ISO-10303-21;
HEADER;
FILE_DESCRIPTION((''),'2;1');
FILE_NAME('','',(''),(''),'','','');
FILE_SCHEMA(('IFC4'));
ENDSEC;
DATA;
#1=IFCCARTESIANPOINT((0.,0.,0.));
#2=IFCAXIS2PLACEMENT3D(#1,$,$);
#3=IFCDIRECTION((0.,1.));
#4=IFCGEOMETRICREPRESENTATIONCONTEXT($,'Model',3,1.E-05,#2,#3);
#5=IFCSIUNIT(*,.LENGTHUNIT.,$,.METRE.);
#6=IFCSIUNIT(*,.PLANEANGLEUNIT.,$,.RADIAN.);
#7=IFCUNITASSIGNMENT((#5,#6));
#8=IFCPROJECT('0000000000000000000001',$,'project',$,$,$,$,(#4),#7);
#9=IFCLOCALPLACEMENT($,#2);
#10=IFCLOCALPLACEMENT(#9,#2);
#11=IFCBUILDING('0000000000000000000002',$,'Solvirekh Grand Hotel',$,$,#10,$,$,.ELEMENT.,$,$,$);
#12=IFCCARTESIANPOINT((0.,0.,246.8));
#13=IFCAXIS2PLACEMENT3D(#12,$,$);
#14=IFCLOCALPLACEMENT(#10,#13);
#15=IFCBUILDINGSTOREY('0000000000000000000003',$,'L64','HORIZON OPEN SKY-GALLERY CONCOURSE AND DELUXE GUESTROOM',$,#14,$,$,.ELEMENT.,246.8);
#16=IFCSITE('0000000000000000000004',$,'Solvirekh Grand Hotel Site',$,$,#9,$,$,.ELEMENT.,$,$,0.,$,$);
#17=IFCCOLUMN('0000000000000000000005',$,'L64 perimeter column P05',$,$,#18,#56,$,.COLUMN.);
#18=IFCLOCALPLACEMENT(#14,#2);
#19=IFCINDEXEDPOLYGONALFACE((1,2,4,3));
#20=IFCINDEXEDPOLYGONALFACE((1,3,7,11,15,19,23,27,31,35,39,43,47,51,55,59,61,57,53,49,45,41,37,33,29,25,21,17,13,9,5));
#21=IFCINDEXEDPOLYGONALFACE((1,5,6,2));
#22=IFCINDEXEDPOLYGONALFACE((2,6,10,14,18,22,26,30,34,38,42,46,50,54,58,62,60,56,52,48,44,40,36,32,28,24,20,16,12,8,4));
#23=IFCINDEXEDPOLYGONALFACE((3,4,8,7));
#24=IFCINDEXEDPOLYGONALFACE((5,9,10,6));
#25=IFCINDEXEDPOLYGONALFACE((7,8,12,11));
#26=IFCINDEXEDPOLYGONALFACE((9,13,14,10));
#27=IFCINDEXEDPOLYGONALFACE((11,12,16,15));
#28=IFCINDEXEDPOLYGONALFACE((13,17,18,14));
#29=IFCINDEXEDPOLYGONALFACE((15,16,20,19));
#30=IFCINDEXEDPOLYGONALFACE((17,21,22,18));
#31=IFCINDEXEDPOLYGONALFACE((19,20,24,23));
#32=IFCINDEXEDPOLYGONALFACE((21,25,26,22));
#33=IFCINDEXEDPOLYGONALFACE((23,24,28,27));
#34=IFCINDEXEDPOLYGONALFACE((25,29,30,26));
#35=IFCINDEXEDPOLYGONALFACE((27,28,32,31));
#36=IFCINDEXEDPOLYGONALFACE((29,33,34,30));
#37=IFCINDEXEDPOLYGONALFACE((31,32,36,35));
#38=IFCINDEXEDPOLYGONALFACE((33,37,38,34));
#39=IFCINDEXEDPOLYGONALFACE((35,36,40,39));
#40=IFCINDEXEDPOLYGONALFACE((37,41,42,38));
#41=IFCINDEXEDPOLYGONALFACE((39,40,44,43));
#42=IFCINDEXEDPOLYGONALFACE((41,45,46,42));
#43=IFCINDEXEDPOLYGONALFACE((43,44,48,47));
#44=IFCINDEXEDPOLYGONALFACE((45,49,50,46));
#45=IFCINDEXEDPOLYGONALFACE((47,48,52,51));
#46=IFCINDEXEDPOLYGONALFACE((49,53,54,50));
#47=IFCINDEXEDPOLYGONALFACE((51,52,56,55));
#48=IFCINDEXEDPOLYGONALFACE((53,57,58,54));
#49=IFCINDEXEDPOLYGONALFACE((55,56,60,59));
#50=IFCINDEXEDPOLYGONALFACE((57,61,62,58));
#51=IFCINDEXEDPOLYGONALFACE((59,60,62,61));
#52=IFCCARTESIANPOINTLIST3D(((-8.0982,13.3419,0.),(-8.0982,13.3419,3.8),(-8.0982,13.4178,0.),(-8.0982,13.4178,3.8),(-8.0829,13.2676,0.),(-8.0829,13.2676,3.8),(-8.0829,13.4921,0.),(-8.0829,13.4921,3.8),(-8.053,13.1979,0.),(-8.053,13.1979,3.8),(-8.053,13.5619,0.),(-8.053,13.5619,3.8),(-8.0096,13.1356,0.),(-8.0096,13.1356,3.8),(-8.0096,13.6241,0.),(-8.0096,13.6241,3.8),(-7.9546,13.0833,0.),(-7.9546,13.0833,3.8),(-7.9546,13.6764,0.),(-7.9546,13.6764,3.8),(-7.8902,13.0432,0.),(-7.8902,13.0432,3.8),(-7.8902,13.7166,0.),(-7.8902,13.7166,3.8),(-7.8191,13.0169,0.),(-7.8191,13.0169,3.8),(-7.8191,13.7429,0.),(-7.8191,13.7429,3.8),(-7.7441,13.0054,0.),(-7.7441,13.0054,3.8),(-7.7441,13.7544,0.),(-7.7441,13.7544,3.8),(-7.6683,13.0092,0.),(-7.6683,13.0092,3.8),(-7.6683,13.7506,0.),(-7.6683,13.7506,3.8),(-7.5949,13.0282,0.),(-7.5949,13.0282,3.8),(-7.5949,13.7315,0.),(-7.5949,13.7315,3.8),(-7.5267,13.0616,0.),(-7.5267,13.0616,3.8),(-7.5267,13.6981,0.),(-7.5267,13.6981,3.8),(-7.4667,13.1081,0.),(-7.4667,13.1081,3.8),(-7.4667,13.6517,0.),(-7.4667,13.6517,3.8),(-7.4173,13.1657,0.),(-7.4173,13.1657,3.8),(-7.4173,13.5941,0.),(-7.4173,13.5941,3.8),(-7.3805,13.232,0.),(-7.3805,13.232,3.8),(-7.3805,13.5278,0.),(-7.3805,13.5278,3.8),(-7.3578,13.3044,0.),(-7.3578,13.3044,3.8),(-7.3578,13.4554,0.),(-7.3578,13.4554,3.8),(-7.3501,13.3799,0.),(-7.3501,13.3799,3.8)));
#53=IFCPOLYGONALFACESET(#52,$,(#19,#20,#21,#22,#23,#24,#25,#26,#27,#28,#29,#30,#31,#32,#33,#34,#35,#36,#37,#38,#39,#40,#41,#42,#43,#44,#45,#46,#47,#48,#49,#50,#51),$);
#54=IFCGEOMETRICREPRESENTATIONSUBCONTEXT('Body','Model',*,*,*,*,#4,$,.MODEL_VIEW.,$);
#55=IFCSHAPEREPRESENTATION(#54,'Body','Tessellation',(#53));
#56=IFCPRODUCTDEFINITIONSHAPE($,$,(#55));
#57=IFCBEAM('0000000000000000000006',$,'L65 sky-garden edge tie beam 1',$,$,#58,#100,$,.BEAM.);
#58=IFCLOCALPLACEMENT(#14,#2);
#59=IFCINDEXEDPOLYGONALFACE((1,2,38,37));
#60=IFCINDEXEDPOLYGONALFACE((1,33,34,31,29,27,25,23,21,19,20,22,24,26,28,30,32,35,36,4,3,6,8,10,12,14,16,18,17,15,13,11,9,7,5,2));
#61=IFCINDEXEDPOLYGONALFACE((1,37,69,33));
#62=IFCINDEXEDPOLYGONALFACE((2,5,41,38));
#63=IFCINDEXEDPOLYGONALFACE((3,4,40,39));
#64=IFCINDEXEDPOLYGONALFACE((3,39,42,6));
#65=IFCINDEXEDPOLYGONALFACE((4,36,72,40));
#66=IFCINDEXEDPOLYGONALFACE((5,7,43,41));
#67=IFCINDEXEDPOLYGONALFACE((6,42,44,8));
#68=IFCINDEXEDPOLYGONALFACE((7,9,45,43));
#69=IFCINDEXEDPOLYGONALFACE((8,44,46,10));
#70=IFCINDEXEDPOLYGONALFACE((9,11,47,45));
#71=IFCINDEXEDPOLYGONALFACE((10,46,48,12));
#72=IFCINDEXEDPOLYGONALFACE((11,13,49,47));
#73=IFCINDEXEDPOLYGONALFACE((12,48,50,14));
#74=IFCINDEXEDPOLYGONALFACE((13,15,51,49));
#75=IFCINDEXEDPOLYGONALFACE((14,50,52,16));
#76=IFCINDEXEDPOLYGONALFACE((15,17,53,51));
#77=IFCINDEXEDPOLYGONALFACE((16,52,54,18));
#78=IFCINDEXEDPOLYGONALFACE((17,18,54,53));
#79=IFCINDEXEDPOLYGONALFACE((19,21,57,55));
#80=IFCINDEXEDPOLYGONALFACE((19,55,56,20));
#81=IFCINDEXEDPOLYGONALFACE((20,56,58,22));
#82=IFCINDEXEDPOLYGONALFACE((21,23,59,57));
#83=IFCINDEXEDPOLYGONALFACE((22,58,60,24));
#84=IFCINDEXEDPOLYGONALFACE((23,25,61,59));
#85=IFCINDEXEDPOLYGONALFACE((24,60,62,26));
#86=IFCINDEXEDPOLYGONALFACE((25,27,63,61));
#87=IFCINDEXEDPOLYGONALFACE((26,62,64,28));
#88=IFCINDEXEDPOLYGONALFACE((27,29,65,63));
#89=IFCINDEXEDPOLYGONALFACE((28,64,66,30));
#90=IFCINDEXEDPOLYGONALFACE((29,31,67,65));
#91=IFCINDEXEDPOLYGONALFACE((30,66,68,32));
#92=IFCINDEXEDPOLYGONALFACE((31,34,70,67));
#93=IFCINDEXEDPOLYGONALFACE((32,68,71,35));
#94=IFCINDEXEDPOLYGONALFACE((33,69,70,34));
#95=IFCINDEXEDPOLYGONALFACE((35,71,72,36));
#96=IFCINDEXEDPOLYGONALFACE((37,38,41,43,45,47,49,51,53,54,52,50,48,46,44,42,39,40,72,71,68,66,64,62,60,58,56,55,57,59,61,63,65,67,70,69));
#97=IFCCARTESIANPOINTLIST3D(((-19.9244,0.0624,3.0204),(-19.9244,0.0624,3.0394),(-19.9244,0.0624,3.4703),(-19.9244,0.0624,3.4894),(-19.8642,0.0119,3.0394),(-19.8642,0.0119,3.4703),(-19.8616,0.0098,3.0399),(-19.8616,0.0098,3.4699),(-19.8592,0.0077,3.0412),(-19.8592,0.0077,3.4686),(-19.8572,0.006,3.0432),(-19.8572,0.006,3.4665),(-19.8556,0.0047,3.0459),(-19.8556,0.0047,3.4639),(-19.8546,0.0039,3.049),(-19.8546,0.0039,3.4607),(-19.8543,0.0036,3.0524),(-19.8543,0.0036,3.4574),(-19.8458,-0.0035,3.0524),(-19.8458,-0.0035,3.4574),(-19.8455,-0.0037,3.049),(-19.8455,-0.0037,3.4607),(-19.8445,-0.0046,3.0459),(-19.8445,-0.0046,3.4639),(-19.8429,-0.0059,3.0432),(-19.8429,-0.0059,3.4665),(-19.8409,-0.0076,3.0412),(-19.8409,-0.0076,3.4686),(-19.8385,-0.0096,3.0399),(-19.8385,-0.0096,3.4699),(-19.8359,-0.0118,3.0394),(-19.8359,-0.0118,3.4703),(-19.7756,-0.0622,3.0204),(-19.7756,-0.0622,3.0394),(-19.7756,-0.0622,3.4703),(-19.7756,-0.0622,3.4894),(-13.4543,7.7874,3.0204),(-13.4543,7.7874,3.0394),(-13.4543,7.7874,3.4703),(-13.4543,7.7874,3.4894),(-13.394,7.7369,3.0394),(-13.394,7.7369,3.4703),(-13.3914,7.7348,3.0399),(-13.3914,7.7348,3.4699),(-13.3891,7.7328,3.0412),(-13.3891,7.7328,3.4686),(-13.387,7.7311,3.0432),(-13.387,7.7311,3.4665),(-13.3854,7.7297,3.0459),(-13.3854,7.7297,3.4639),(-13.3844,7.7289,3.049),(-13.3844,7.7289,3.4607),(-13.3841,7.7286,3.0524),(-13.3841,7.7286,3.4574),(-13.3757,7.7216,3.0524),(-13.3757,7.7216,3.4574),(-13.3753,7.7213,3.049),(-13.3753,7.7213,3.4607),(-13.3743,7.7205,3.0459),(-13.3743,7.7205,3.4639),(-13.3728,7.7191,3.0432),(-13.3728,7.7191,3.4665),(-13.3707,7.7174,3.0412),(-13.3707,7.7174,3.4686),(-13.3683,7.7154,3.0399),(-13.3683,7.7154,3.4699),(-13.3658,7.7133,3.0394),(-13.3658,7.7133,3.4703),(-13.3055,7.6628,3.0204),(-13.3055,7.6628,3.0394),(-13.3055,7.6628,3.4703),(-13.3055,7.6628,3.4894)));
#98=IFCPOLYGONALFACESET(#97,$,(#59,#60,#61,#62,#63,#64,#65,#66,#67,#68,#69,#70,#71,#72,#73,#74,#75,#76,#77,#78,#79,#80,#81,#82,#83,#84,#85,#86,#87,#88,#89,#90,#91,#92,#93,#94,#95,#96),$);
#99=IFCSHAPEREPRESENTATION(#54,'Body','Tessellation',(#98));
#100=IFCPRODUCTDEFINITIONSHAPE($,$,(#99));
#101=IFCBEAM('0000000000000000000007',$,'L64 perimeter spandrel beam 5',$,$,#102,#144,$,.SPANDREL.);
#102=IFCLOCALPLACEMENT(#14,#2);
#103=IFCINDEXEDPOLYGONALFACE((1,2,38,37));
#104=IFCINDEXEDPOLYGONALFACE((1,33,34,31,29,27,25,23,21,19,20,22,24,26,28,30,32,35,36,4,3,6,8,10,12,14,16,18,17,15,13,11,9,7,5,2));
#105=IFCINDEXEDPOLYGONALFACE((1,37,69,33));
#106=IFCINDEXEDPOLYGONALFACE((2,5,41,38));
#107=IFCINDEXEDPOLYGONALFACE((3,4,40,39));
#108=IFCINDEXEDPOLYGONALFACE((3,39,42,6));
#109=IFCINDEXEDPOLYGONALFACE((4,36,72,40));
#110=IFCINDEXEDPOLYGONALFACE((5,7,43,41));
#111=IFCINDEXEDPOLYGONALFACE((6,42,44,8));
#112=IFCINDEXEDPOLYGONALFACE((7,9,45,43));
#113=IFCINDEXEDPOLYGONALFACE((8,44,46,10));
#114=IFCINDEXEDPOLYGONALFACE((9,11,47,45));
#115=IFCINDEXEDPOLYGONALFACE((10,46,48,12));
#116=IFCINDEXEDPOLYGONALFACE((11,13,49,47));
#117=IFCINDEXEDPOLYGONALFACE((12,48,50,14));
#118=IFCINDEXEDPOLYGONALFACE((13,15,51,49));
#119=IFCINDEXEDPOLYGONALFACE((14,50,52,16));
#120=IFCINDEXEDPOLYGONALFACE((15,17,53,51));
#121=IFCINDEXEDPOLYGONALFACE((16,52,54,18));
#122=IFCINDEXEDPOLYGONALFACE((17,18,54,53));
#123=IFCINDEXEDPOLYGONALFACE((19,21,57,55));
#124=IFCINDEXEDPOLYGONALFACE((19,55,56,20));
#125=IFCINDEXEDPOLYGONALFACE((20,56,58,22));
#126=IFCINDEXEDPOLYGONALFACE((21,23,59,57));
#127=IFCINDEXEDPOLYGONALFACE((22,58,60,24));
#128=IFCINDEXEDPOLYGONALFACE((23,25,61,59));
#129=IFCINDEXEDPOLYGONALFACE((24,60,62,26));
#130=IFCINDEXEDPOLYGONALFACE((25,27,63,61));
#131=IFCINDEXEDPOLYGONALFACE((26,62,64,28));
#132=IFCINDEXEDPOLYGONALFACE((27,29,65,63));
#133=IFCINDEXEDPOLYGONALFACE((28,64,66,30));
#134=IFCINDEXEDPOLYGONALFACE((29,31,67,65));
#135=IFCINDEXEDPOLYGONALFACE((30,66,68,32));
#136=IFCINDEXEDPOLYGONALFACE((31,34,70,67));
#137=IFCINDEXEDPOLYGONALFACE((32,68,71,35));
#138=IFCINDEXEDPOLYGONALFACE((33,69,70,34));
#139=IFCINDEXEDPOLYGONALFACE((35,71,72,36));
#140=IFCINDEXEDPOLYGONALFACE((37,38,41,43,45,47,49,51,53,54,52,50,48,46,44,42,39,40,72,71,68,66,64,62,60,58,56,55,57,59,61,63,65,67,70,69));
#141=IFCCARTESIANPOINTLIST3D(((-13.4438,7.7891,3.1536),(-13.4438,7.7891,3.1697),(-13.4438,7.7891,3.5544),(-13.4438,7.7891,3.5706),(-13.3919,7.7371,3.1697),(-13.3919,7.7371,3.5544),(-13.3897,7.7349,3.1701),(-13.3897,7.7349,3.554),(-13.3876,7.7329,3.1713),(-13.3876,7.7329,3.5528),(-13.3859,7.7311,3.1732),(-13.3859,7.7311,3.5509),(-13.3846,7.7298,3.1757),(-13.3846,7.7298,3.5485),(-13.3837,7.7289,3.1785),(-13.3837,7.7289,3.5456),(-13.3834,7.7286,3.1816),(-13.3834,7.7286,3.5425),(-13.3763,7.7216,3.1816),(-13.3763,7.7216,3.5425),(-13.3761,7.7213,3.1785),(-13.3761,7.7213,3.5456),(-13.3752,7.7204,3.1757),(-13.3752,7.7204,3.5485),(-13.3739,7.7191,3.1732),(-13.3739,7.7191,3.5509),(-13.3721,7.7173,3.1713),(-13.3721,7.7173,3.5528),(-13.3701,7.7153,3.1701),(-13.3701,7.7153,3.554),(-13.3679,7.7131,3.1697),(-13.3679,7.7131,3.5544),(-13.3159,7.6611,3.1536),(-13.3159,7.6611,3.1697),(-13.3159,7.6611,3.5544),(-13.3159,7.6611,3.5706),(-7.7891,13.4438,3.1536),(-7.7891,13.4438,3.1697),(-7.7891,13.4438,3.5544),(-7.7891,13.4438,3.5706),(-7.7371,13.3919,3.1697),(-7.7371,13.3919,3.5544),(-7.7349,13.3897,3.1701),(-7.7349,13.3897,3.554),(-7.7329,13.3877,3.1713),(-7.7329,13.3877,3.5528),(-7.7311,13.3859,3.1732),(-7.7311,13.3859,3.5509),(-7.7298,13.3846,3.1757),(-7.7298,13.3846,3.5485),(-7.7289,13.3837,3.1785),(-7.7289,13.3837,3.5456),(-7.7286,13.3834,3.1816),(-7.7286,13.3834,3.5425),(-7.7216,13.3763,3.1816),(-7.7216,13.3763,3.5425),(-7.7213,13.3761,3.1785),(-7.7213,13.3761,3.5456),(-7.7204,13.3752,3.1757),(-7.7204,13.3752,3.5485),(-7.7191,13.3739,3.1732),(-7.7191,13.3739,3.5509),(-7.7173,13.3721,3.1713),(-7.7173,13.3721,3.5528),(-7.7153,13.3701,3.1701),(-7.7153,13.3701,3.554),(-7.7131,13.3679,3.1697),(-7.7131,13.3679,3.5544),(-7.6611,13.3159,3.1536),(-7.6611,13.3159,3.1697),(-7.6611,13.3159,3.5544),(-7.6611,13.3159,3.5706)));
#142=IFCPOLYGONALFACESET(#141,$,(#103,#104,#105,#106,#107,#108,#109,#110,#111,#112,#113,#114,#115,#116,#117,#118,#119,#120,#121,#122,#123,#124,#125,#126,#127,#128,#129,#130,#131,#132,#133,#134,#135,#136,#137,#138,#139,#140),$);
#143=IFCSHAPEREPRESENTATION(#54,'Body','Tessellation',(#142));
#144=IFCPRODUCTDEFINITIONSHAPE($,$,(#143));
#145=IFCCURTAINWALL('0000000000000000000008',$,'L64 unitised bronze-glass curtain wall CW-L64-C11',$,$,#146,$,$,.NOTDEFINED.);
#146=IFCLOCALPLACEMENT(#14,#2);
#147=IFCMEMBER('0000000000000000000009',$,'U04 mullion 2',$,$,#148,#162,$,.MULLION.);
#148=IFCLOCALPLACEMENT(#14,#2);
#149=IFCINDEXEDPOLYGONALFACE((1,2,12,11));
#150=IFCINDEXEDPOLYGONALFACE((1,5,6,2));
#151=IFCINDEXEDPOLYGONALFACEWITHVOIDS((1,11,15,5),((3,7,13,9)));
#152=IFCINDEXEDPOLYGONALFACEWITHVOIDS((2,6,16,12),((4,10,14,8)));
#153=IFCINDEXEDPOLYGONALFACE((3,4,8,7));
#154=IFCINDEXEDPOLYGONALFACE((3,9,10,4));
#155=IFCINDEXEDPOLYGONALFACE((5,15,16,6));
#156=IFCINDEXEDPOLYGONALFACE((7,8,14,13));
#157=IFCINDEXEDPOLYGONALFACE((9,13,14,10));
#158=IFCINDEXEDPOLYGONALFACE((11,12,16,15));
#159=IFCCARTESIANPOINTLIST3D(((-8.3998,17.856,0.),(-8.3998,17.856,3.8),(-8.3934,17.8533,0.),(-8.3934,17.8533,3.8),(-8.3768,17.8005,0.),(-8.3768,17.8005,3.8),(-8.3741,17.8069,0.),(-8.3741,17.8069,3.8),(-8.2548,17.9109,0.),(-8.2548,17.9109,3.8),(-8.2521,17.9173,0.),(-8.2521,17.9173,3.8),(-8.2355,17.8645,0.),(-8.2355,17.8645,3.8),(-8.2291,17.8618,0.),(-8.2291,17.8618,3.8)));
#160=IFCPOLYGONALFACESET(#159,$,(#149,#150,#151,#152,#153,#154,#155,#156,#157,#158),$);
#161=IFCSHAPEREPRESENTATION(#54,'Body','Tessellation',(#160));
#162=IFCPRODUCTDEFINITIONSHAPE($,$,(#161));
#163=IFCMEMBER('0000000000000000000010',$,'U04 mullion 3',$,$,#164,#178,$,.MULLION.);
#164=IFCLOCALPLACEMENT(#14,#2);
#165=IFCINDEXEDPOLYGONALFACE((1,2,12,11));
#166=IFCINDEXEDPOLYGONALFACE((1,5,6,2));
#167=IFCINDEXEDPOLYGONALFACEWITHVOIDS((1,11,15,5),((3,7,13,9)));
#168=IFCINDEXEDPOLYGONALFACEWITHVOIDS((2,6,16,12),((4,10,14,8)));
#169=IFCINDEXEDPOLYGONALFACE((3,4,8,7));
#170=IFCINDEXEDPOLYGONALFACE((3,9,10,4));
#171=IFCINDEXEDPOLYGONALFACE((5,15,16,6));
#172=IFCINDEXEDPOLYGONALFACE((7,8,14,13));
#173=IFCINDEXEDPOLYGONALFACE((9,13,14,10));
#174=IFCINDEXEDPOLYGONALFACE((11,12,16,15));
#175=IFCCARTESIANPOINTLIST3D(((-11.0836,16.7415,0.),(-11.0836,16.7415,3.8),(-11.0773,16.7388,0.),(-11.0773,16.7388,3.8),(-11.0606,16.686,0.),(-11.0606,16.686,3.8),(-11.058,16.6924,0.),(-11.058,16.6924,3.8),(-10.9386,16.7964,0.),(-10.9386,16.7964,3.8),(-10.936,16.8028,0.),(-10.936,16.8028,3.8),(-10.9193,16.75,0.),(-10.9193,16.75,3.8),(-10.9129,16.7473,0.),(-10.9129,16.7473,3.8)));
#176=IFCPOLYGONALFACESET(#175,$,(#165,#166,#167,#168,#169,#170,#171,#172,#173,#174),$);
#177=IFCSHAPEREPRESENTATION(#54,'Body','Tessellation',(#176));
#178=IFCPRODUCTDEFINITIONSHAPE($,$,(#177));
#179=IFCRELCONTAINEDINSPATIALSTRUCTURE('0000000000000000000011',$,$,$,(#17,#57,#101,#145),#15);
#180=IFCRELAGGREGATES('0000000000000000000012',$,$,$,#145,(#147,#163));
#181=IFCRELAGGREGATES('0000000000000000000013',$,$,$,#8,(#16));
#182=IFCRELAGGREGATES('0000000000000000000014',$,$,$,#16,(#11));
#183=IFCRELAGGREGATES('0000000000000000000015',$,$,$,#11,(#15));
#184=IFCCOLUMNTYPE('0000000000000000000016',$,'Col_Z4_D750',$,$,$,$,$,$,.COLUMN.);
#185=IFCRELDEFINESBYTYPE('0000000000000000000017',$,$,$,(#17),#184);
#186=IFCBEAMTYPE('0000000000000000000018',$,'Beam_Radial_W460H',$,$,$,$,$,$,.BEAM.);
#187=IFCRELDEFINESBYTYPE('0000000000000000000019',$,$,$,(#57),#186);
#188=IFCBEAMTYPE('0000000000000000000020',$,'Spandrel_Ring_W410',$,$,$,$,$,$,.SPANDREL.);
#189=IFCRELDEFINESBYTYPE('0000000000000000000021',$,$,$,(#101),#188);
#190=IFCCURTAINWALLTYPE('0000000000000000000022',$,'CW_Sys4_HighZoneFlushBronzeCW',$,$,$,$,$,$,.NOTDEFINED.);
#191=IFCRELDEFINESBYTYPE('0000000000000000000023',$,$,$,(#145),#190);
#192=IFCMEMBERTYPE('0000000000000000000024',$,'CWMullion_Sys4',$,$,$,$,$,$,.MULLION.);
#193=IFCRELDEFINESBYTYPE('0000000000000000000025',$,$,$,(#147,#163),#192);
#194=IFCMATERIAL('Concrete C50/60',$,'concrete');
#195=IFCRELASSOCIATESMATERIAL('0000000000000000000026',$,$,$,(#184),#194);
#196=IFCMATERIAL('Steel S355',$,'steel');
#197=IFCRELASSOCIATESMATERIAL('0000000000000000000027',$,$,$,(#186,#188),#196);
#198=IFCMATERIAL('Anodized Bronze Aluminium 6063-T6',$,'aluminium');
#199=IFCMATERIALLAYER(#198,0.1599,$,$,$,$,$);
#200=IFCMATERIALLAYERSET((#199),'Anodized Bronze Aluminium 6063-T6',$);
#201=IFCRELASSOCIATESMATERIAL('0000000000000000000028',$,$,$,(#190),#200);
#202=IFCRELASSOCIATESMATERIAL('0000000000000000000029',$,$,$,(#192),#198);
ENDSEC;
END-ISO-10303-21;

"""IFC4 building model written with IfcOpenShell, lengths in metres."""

from ifc_helpers import new_model, si_unit, direction, frame, origin, origin_2d, place, context, subcontext, project, spatial, hollow_rectangle, circle, i_section, extrude, source, transform, mapped, material, layer, layer_set, material_profile, profile_set, type_object, element, aggregate, save


model = new_model("IFC4")

# Units and contexts
model_context = context("Model", 3, precision=1e-05, world=origin(), true_north=direction((0.0, 1.0)))
body_context = subcontext(model_context, "Body", "Model", "MODEL_VIEW")
ifc_project = project(units=[si_unit("LENGTHUNIT", "METRE"), si_unit("PLANEANGLEUNIT", "RADIAN")], contexts=[model_context])

# Site, building, storey
site_placement = place(None, origin())
site = spatial("IfcSite", under=ifc_project, at=site_placement, Name="Solvirekh Grand Hotel Site", CompositionType="ELEMENT", RefElevation=0.0)
building_placement = place(site_placement, origin())
building = spatial("IfcBuilding", under=site, at=building_placement, Name="Solvirekh Grand Hotel", CompositionType="ELEMENT")
storey_placement = place(building_placement, frame((0.0, 0.0, 246.8)))
storey = spatial("IfcBuildingStorey", under=building, at=storey_placement, Name="L64", Description="HORIZON OPEN SKY-GALLERY CONCOURSE AND DELUXE GUESTROOM", CompositionType="ELEMENT", Elevation=246.8)

# Column
ifc_material_1 = material(Name="Concrete C50/60", Category="concrete")
ifc_material_profile_1 = material_profile(ifc_material_1, circle(Radius=0.375, at=origin_2d()), Name="RC CIRC D750")
ifc_profile_set_1 = profile_set([ifc_material_profile_1], Name="Concrete C50/60")
column_type = type_object("IfcColumnType", Name="Col_Z4_D750", PredefinedType="COLUMN", material=ifc_profile_set_1)
column_placement = place(storey_placement, frame((-7.7251, 13.3799, 0.0), z_axis=(0.0, 0.0, 1.0), x_axis=(1.0, 0.0, 0.0)))
element("IfcColumn", 1, at=column_placement, inside=storey, type_object=column_type, Name="L64 perimeter column P05", PredefinedType="COLUMN", context=body_context, shape_type="SweptSolid", body=[
    extrude(circle(Radius=0.375, at=origin_2d()), origin(), (0.0, 0.0, 1.0), 3.8),
])

# Beams
ifc_material_2 = material(Name="Steel S355", Category="steel")
ifc_material_profile_2 = material_profile(ifc_material_2, i_section(OverallWidth=0.1941, OverallDepth=0.469, WebThickness=0.011, FlangeThickness=0.019, FilletRadius=0.0129, at=origin_2d()), Name="W460X106")
ifc_profile_set_2 = profile_set([ifc_material_profile_2], Name="Steel S355")
beam_type_1 = type_object("IfcBeamType", Name="Beam_Radial_W460H", PredefinedType="BEAM", material=ifc_profile_set_2)
beam_1_placement = place(storey_placement, frame((-13.3799, 7.7251, 3.2549), z_axis=(-0.642094, -0.766626, 0.0), x_axis=(0.766626, -0.642094, 0.0)))
element("IfcBeam", 2, at=beam_1_placement, inside=storey, type_object=beam_type_1, Name="L65 sky-garden edge tie beam 1", PredefinedType="BEAM", context=body_context, shape_type="SweptSolid", body=[
    extrude(i_section(OverallWidth=0.1941, OverallDepth=0.469, WebThickness=0.011, FlangeThickness=0.019, FilletRadius=0.0129, at=origin_2d()), origin(), (0.0, 0.0, 1.0), 10.0767),
])
ifc_material_profile_3 = material_profile(ifc_material_2, i_section(OverallWidth=0.1809, OverallDepth=0.417, WebThickness=0.01, FlangeThickness=0.0161, FilletRadius=0.012, at=origin_2d()), Name="W410X85")
ifc_profile_set_3 = profile_set([ifc_material_profile_3], Name="Steel S355")
beam_type_2 = type_object("IfcBeamType", Name="Spandrel_Ring_W410", PredefinedType="SPANDREL", material=ifc_profile_set_3)
beam_2_placement = place(storey_placement, frame((-7.7251, 13.3799, 3.3621), z_axis=(-0.707107, -0.707107, 0.0), x_axis=(0.707107, -0.707107, 0.0)))
element("IfcBeam", 3, at=beam_2_placement, inside=storey, type_object=beam_type_2, Name="L64 perimeter spandrel beam 5", PredefinedType="SPANDREL", context=body_context, shape_type="SweptSolid", body=[
    extrude(i_section(OverallWidth=0.1809, OverallDepth=0.417, WebThickness=0.01, FlangeThickness=0.0161, FilletRadius=0.012, at=origin_2d()), origin(), (0.0, 0.0, 1.0), 7.9971),
])

# Curtain wall, members
ifc_material_3 = material(Name="Anodized Bronze Aluminium 6063-T6", Category="aluminium")
ifc_layer_1 = layer(ifc_material_3, 0.1599)
ifc_layer_set_1 = layer_set([ifc_layer_1], Name="Anodized Bronze Aluminium 6063-T6")
curtain_wall_type = type_object("IfcCurtainWallType", Name="CW_Sys4_HighZoneFlushBronzeCW", PredefinedType="NOTDEFINED", material=ifc_layer_set_1)
curtain_wall_placement = place(storey_placement, origin())
curtain_wall = element("IfcCurtainWall", 4, at=curtain_wall_placement, inside=storey, type_object=curtain_wall_type, Name="L64 unitised bronze-glass curtain wall CW-L64-C11", PredefinedType="NOTDEFINED")
ifc_material_profile_4 = material_profile(ifc_material_3, hollow_rectangle(XDim=0.0601, YDim=0.1599, WallThickness=0.0049, at=origin_2d()), Name="ALU RHS 160X60X5")
ifc_profile_set_4 = profile_set([ifc_material_profile_4], Name="Anodized Bronze Aluminium 6063-T6")
member_type_1 = type_object("IfcMemberType", Name="CWMullion_Sys4", PredefinedType="MULLION", material=ifc_profile_set_4)
shared_shape_1 = source(origin(), body_context, "Body", "SweptSolid", [
    extrude(hollow_rectangle(XDim=0.0601, YDim=0.1599, WallThickness=0.0049, at=origin_2d()), origin(), (0.0, 0.0, 1.0), 3.8),
])
member_1_placement = place(storey_placement, frame((-8.3145, 17.8589, 0.0), z_axis=(0.0, 0.0, 1.0), x_axis=(0.383515, -0.923535, 0.0)))
member_1 = element("IfcMember", 5, at=member_1_placement, type_object=member_type_1, Name="U04 mullion 2", PredefinedType="MULLION", context=body_context, shape_type="MappedRepresentation", body=[
    mapped(shared_shape_1, transform((0.0, 0.0, 0.0), x_axis=(1.0, 0.0, 0.0), y_axis=(0.0, 1.0, 0.0), z_axis=(0.0, 0.0, 1.0), scale=1.0)),
])
member_2_placement = place(storey_placement, frame((-10.9983, 16.7444, 0.0), z_axis=(0.0, 0.0, 1.0), x_axis=(0.383515, -0.923535, 0.0)))
member_2 = element("IfcMember", 6, at=member_2_placement, type_object=member_type_1, Name="U04 mullion 3", PredefinedType="MULLION", context=body_context, shape_type="MappedRepresentation", body=[
    mapped(shared_shape_1, transform((0.0, 0.0, 0.0), x_axis=(1.0, 0.0, 0.0), y_axis=(0.0, 1.0, 0.0), z_axis=(0.0, 0.0, 1.0), scale=1.0)),
])
aggregate(curtain_wall, [member_1, member_2])

save(model, "model.ifc")
